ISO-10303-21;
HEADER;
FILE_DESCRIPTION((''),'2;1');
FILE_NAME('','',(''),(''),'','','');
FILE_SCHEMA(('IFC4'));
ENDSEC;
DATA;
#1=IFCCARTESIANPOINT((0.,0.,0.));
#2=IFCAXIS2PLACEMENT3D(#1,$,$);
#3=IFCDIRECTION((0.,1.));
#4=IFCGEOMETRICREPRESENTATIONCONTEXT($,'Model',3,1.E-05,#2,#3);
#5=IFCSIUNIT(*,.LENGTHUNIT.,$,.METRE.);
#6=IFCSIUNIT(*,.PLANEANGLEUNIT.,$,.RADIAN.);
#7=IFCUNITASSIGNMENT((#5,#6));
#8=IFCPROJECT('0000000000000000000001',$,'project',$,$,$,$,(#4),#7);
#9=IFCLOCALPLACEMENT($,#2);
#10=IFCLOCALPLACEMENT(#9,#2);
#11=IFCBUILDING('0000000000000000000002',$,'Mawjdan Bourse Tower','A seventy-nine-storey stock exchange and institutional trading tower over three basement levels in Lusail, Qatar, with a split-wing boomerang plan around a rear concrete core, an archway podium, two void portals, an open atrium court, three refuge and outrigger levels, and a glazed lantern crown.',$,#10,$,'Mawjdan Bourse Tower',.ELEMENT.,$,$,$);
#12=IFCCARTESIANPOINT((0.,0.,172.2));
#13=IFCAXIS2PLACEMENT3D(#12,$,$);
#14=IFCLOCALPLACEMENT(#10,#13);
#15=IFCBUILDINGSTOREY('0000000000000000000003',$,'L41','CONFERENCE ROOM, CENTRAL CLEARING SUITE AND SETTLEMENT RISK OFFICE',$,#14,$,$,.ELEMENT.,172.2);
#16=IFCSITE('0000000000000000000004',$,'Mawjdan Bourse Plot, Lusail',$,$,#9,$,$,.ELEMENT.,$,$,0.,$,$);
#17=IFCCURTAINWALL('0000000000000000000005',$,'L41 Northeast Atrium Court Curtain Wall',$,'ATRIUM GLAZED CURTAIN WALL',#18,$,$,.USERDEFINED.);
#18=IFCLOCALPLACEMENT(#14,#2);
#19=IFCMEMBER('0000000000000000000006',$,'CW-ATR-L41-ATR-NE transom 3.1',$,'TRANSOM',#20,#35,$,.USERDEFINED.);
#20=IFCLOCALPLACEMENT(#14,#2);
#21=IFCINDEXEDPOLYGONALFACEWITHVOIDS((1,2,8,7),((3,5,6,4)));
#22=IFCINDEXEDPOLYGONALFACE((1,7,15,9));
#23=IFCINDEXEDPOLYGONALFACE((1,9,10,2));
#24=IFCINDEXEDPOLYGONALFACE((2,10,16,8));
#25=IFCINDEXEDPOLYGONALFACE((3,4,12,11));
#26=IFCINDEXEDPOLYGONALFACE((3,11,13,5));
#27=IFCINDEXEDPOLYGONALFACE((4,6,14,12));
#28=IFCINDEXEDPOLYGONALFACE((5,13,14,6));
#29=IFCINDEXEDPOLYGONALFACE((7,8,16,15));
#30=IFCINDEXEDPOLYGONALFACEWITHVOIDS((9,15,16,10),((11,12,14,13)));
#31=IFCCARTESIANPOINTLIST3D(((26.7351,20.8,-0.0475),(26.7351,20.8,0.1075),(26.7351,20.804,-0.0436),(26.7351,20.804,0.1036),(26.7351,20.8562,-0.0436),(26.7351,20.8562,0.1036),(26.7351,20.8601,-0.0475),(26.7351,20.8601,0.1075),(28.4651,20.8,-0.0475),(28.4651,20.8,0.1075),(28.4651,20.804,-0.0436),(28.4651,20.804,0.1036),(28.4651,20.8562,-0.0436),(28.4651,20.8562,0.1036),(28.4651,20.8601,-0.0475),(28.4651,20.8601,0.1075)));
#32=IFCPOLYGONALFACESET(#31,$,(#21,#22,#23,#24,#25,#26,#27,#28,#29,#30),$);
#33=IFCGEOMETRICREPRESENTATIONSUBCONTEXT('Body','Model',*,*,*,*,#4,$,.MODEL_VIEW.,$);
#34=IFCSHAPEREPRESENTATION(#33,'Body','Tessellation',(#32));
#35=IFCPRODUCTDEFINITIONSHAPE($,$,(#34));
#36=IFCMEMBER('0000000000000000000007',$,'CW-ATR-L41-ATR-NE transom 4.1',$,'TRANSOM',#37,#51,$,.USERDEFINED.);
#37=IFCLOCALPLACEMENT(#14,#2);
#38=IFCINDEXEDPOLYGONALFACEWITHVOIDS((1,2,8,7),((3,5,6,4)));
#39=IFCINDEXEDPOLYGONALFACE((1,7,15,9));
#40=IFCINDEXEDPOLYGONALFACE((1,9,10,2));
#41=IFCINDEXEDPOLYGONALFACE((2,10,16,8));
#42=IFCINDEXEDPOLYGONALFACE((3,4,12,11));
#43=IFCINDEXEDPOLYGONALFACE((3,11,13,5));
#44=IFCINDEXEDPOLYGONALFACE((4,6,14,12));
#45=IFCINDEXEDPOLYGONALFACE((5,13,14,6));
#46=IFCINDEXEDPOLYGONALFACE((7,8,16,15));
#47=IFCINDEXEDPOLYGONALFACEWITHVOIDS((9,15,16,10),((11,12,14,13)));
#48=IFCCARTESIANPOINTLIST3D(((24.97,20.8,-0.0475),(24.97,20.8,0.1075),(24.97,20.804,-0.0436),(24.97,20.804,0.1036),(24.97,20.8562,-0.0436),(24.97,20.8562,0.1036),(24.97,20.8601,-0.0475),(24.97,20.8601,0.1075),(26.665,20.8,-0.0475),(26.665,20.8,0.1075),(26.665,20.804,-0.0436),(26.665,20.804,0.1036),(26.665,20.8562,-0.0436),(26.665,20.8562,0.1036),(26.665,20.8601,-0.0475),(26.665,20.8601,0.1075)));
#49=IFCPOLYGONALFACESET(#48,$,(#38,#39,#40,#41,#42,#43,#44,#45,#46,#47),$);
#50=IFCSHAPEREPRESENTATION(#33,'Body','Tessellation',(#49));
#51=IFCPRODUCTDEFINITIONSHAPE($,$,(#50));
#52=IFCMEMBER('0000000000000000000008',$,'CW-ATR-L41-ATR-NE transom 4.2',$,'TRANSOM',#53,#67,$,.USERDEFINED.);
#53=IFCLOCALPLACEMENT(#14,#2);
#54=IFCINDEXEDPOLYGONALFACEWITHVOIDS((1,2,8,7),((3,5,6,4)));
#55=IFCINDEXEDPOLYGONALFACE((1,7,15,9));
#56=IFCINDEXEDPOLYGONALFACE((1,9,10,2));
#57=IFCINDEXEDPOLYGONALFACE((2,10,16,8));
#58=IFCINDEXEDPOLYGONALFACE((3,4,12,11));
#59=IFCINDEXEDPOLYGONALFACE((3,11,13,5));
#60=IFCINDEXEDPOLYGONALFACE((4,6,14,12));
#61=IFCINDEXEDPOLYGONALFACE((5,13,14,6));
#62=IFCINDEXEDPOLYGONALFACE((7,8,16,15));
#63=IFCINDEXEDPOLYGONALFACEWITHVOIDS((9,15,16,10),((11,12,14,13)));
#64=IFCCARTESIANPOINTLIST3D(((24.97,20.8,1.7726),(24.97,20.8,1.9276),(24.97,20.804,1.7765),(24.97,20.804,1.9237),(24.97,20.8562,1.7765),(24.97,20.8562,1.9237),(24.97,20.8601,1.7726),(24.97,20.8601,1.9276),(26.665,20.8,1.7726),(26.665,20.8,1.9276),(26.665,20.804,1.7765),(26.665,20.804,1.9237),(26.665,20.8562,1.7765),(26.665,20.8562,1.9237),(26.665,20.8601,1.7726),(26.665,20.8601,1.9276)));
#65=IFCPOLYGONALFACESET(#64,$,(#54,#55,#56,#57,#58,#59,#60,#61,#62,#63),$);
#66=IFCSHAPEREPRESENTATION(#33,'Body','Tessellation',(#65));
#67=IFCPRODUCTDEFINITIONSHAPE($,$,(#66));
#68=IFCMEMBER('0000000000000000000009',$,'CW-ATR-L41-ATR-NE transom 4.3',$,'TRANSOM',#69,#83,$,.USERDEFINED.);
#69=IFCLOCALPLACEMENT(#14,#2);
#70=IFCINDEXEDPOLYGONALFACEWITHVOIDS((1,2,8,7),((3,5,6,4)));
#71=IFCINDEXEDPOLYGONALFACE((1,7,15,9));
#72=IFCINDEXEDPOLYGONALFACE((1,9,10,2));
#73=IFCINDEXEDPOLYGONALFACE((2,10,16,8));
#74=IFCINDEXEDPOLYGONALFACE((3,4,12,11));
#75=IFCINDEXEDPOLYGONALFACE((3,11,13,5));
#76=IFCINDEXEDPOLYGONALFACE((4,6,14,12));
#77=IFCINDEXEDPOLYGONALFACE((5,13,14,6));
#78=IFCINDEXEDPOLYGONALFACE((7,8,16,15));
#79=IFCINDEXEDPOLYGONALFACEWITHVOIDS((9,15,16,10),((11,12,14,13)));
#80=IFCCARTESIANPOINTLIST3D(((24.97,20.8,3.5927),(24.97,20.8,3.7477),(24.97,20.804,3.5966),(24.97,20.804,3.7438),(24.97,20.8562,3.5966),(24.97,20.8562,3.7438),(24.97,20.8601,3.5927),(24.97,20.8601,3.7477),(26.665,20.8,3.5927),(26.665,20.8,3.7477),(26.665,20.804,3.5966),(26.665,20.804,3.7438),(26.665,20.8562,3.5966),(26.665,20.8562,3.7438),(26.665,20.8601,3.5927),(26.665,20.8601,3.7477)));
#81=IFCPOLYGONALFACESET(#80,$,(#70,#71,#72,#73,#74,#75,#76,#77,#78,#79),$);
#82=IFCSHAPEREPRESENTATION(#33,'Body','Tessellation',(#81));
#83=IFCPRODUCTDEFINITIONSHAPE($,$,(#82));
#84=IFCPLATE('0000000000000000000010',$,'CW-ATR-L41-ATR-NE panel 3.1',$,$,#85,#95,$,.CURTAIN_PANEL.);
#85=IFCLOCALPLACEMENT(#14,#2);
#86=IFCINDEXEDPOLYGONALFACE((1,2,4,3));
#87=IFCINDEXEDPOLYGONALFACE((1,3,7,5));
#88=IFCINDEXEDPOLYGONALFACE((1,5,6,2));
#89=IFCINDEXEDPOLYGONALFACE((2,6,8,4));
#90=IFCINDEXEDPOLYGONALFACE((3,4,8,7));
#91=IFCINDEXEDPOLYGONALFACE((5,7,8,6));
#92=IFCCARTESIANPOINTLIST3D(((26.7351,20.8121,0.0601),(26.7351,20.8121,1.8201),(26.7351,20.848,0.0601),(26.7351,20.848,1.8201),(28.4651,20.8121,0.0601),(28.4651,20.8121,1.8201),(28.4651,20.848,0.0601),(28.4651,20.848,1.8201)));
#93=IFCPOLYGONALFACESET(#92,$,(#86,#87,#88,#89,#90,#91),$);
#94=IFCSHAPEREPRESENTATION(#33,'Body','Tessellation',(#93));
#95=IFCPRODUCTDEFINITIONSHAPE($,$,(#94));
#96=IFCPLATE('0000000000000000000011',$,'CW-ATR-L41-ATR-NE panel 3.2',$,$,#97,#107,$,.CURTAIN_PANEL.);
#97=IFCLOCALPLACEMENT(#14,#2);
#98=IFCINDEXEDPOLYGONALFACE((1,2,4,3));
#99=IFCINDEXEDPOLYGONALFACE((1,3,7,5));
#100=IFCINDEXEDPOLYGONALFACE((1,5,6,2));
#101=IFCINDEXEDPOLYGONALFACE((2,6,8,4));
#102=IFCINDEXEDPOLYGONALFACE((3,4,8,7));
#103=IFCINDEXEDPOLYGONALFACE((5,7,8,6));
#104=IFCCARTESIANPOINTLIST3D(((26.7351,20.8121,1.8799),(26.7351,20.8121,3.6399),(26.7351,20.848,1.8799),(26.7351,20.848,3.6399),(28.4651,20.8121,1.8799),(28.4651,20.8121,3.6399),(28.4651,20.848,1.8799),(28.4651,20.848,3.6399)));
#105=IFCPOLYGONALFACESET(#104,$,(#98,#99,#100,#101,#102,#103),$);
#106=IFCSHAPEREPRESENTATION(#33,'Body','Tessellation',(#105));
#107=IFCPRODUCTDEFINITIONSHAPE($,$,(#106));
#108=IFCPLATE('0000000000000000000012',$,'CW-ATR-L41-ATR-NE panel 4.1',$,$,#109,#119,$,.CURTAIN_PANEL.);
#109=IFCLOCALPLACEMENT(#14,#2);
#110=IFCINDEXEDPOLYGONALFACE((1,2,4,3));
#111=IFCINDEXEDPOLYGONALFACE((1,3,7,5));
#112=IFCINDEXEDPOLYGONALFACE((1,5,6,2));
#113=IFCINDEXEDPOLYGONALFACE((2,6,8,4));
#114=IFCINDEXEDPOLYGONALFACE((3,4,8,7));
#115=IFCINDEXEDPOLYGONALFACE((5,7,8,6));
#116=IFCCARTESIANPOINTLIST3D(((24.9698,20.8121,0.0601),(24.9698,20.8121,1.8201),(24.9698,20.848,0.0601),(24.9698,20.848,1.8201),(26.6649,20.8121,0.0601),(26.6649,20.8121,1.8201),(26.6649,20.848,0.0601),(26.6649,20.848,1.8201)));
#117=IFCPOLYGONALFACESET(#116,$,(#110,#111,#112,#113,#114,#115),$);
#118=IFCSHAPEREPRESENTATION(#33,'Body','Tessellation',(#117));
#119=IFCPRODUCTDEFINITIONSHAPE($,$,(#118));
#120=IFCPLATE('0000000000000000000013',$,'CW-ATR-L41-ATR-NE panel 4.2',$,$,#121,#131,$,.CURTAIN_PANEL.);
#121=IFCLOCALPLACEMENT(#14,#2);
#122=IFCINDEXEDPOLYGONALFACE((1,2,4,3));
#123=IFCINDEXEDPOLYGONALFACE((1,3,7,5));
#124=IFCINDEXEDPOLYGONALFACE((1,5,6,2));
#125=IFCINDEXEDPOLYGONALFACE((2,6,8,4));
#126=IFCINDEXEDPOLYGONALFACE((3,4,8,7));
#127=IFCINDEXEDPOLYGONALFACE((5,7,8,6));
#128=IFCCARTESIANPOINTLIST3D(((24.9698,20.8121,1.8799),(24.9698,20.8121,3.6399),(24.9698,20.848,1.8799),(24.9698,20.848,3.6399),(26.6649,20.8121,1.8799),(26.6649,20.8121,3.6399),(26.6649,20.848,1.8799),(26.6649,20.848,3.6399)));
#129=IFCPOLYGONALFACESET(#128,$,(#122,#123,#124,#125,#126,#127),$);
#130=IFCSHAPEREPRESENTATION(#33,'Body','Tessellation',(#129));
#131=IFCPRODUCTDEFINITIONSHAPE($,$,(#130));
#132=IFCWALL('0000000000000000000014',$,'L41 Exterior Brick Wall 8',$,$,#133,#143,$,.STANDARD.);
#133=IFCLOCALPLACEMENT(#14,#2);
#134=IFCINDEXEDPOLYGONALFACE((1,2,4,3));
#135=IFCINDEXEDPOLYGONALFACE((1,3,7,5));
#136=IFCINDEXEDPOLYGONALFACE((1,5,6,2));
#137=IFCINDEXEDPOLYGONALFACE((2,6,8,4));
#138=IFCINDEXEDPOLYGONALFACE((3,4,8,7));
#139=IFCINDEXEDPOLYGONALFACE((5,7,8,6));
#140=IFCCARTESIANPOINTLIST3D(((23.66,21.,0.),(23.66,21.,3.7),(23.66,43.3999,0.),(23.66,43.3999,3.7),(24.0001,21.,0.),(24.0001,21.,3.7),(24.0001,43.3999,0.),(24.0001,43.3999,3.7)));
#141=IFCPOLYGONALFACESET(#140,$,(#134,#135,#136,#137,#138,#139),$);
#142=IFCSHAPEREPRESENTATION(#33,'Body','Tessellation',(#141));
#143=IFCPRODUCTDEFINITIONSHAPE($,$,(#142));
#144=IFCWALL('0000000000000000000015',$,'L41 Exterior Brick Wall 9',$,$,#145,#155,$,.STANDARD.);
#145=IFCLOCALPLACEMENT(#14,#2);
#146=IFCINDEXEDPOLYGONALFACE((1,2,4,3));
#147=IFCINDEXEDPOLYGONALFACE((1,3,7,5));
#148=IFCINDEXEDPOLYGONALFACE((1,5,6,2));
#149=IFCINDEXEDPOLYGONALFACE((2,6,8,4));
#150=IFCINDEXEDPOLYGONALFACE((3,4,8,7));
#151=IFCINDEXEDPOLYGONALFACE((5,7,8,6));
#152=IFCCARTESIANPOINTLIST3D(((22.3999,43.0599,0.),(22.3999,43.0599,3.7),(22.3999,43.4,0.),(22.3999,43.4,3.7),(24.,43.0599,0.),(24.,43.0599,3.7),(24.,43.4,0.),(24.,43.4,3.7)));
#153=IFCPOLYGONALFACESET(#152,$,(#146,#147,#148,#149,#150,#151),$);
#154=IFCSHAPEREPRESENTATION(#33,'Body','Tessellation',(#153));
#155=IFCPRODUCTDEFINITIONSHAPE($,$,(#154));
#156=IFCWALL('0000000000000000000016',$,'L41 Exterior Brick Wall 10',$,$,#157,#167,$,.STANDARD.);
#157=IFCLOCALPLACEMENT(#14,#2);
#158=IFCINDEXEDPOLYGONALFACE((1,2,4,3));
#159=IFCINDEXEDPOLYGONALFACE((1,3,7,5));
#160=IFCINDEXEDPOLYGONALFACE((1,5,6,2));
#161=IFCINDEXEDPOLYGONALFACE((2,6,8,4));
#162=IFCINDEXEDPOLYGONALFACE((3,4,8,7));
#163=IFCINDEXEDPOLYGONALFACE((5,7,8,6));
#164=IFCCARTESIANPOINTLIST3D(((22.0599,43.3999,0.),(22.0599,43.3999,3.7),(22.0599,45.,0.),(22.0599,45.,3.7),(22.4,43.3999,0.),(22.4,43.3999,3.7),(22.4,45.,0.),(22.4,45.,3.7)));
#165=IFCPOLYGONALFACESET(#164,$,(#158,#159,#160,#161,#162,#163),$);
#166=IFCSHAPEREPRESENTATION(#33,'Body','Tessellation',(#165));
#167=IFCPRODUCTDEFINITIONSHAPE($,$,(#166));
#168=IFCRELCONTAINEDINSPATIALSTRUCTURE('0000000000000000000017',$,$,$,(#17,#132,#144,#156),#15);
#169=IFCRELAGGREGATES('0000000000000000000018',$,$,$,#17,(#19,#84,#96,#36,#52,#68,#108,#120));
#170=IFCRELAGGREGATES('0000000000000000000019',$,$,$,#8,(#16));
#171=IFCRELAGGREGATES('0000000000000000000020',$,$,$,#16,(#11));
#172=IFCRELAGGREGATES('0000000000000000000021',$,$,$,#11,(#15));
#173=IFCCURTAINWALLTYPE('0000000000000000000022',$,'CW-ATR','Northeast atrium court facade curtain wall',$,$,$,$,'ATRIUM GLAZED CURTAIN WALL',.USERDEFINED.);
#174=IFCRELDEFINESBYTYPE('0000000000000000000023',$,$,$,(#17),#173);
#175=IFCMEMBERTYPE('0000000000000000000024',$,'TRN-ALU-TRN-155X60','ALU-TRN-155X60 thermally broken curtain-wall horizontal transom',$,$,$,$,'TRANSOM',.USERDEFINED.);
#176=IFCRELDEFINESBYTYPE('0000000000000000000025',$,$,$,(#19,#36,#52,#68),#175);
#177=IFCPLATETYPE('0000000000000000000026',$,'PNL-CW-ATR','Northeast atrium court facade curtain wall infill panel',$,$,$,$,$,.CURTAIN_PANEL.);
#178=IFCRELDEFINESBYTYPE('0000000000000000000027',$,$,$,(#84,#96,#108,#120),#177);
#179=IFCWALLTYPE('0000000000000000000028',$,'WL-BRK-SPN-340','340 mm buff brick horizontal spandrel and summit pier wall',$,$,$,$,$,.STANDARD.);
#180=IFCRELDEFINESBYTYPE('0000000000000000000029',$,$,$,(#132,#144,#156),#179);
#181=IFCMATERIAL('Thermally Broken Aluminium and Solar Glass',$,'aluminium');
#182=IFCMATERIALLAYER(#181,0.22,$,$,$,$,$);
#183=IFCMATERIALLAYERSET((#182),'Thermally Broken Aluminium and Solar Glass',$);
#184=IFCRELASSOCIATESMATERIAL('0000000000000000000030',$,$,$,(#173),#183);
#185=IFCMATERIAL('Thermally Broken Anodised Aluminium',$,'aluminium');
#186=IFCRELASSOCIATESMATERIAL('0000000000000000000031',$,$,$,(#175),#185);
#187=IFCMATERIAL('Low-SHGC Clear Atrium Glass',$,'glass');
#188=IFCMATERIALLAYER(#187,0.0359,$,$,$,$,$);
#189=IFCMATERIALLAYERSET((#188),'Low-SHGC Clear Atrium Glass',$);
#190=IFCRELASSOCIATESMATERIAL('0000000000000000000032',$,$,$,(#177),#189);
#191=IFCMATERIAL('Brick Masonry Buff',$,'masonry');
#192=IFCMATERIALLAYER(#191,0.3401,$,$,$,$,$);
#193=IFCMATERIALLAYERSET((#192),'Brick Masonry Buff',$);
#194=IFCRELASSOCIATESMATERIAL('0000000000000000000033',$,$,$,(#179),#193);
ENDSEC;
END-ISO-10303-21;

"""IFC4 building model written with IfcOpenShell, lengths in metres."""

from ifc_helpers import new_model, si_unit, direction, frame, frame_2d, origin, origin_2d, place, context, subcontext, project, spatial, rectangle, hollow_rectangle, extrude, material, layer, layer_set, material_profile, profile_set, type_object, element, aggregate, save


model = new_model("IFC4")

# Units and contexts
model_context = context("Model", 3, precision=1e-05, world=origin(), true_north=direction((0.0, 1.0)))
body_context = subcontext(model_context, "Body", "Model", "MODEL_VIEW")
ifc_project = project(units=[si_unit("LENGTHUNIT", "METRE"), si_unit("PLANEANGLEUNIT", "RADIAN")], contexts=[model_context])

# Site, building, storey
site_placement = place(None, origin())
site = spatial("IfcSite", under=ifc_project, at=site_placement, Name="Mawjdan Bourse Plot, Lusail", CompositionType="ELEMENT", RefElevation=0.0)
building_placement = place(site_placement, origin())
building = spatial("IfcBuilding", under=site, at=building_placement, Name="Mawjdan Bourse Tower", Description="A seventy-nine-storey stock exchange and institutional trading tower over three basement levels in Lusail, Qatar, with a split-wing boomerang plan around a rear concrete core, an archway podium, two void portals, an open atrium court, three refuge and outrigger levels, and a glazed lantern crown.", LongName="Mawjdan Bourse Tower", CompositionType="ELEMENT")
storey_placement = place(building_placement, frame((0.0, 0.0, 172.2)))
storey = spatial("IfcBuildingStorey", under=building, at=storey_placement, Name="L41", Description="CONFERENCE ROOM, CENTRAL CLEARING SUITE AND SETTLEMENT RISK OFFICE", CompositionType="ELEMENT", Elevation=172.2)

# Curtain wall
ifc_material_1 = material(Name="Thermally Broken Aluminium and Solar Glass", Category="aluminium")
ifc_layer_1 = layer(ifc_material_1, 0.22)
ifc_layer_set_1 = layer_set([ifc_layer_1], Name="Thermally Broken Aluminium and Solar Glass")
curtain_wall_type = type_object("IfcCurtainWallType", Name="CW-ATR", Description="Northeast atrium court facade curtain wall", ElementType="ATRIUM GLAZED CURTAIN WALL", PredefinedType="USERDEFINED", material=ifc_layer_set_1)
curtain_wall_placement = place(storey_placement, origin())
curtain_wall = element("IfcCurtainWall", 1, at=curtain_wall_placement, inside=storey, type_object=curtain_wall_type, Name="L41 Northeast Atrium Court Curtain Wall", ObjectType="ATRIUM GLAZED CURTAIN WALL", PredefinedType="USERDEFINED")
ifc_material_2 = material(Name="Thermally Broken Anodised Aluminium", Category="aluminium")

# Members
ifc_material_profile_1 = material_profile(ifc_material_2, hollow_rectangle(XDim=0.0601, YDim=0.155, WallThickness=0.0039, at=origin_2d()), Name="ALU-TRN-155X60")
ifc_profile_set_1 = profile_set([ifc_material_profile_1], Name="Thermally Broken Anodised Aluminium")
member_type_1 = type_object("IfcMemberType", Name="TRN-ALU-TRN-155X60", Description="ALU-TRN-155X60 thermally broken curtain-wall horizontal transom", ElementType="TRANSOM", PredefinedType="USERDEFINED", material=ifc_profile_set_1)
member_1_placement = place(storey_placement, frame((28.4651, 20.8301, 0.03), z_axis=(-1.0, 0.0, 0.0), x_axis=(0.0, -1.0, 0.0)))
member_1 = element("IfcMember", 2, at=member_1_placement, type_object=member_type_1, Name="CW-ATR-L41-ATR-NE transom 3.1", ObjectType="TRANSOM", PredefinedType="USERDEFINED", context=body_context, shape_type="SweptSolid", body=[
    extrude(hollow_rectangle(XDim=0.0601, YDim=0.155, WallThickness=0.0039, at=origin_2d()), origin(), (0.0, 0.0, 1.0), 1.73),
])
member_2_placement = place(storey_placement, frame((26.665, 20.8301, 0.03), z_axis=(-1.0, 0.0, 0.0), x_axis=(0.0, -1.0, 0.0)))
member_2 = element("IfcMember", 3, at=member_2_placement, type_object=member_type_1, Name="CW-ATR-L41-ATR-NE transom 4.1", ObjectType="TRANSOM", PredefinedType="USERDEFINED", context=body_context, shape_type="SweptSolid", body=[
    extrude(hollow_rectangle(XDim=0.0601, YDim=0.155, WallThickness=0.0039, at=origin_2d()), origin(), (0.0, 0.0, 1.0), 1.6951),
])
member_3_placement = place(storey_placement, frame((26.665, 20.8301, 1.8501), z_axis=(-1.0, 0.0, 0.0), x_axis=(0.0, -1.0, 0.0)))
member_3 = element("IfcMember", 4, at=member_3_placement, type_object=member_type_1, Name="CW-ATR-L41-ATR-NE transom 4.2", ObjectType="TRANSOM", PredefinedType="USERDEFINED", context=body_context, shape_type="SweptSolid", body=[
    extrude(hollow_rectangle(XDim=0.0601, YDim=0.155, WallThickness=0.0039, at=origin_2d()), origin(), (0.0, 0.0, 1.0), 1.6951),
])
member_4_placement = place(storey_placement, frame((26.665, 20.8301, 3.6702), z_axis=(-1.0, 0.0, 0.0), x_axis=(0.0, -1.0, 0.0)))
member_4 = element("IfcMember", 5, at=member_4_placement, type_object=member_type_1, Name="CW-ATR-L41-ATR-NE transom 4.3", ObjectType="TRANSOM", PredefinedType="USERDEFINED", context=body_context, shape_type="SweptSolid", body=[
    extrude(hollow_rectangle(XDim=0.0601, YDim=0.155, WallThickness=0.0039, at=origin_2d()), origin(), (0.0, 0.0, 1.0), 1.6951),
])

# Plates
ifc_material_3 = material(Name="Low-SHGC Clear Atrium Glass", Category="glass")
ifc_layer_2 = layer(ifc_material_3, 0.0359)
ifc_layer_set_2 = layer_set([ifc_layer_2], Name="Low-SHGC Clear Atrium Glass")
plate_type = type_object("IfcPlateType", Name="PNL-CW-ATR", Description="Northeast atrium court facade curtain wall infill panel", PredefinedType="CURTAIN_PANEL", material=ifc_layer_set_2)
plate_1_placement = place(storey_placement, frame((27.6001, 20.8301, 0.0601), z_axis=(0.0, 0.0, 1.0), x_axis=(-1.0, 0.0, 0.0)))
plate_1 = element("IfcPlate", 6, at=plate_1_placement, type_object=plate_type, Name="CW-ATR-L41-ATR-NE panel 3.1", PredefinedType="CURTAIN_PANEL", context=body_context, shape_type="SweptSolid", body=[
    extrude(rectangle(XDim=1.73, YDim=0.0359, at=origin_2d()), origin(), (0.0, 0.0, 1.0), 1.76),
])
plate_2_placement = place(storey_placement, frame((27.6001, 20.8301, 1.8799), z_axis=(0.0, 0.0, 1.0), x_axis=(-1.0, 0.0, 0.0)))
plate_2 = element("IfcPlate", 7, at=plate_2_placement, type_object=plate_type, Name="CW-ATR-L41-ATR-NE panel 3.2", PredefinedType="CURTAIN_PANEL", context=body_context, shape_type="SweptSolid", body=[
    extrude(rectangle(XDim=1.73, YDim=0.0359, at=origin_2d()), origin(), (0.0, 0.0, 1.0), 1.76),
])
plate_3_placement = place(storey_placement, frame((25.8174, 20.8301, 0.0601), z_axis=(0.0, 0.0, 1.0), x_axis=(-1.0, 0.0, 0.0)))
plate_3 = element("IfcPlate", 8, at=plate_3_placement, type_object=plate_type, Name="CW-ATR-L41-ATR-NE panel 4.1", PredefinedType="CURTAIN_PANEL", context=body_context, shape_type="SweptSolid", body=[
    extrude(rectangle(XDim=1.6951, YDim=0.0359, at=origin_2d()), origin(), (0.0, 0.0, 1.0), 1.76),
])
plate_4_placement = place(storey_placement, frame((25.8174, 20.8301, 1.8799), z_axis=(0.0, 0.0, 1.0), x_axis=(-1.0, 0.0, 0.0)))
plate_4 = element("IfcPlate", 9, at=plate_4_placement, type_object=plate_type, Name="CW-ATR-L41-ATR-NE panel 4.2", PredefinedType="CURTAIN_PANEL", context=body_context, shape_type="SweptSolid", body=[
    extrude(rectangle(XDim=1.6951, YDim=0.0359, at=origin_2d()), origin(), (0.0, 0.0, 1.0), 1.76),
])
aggregate(curtain_wall, [member_1, plate_1, plate_2, member_2, member_3, member_4, plate_3, plate_4])

# Walls
ifc_material_4 = material(Name="Brick Masonry Buff", Category="masonry")
ifc_layer_3 = layer(ifc_material_4, 0.3401)
ifc_layer_set_3 = layer_set([ifc_layer_3], Name="Brick Masonry Buff")
wall_type_1 = type_object("IfcWallType", Name="WL-BRK-SPN-340", Description="340 mm buff brick horizontal spandrel and summit pier wall", PredefinedType="STANDARD", material=ifc_layer_set_3)
wall_1_placement = place(storey_placement, frame((23.8301, 21.0, 0.0), z_axis=(0.0, 0.0, 1.0), x_axis=(0.0, 1.0, 0.0)))
element("IfcWall", 10, at=wall_1_placement, inside=storey, type_object=wall_type_1, Name="L41 Exterior Brick Wall 8", PredefinedType="STANDARD", context=body_context, shape_type="SweptSolid", body=[
    extrude(rectangle(XDim=22.3999, YDim=0.3401, at=frame_2d((11.2, 0.0))), origin(), (0.0, 0.0, 1.0), 3.7),
])
for number, where, z_axis, x_axis, name in (
    (11, (24.0, 43.23, 0.0), (0.0, 0.0, 1.0), (-1.0, 0.0, 0.0), "L41 Exterior Brick Wall 9"),
    (12, (22.23, 43.3999, 0.0), (0.0, 0.0, 1.0), (0.0, 1.0, 0.0), "L41 Exterior Brick Wall 10"),
):
    element("IfcWall", number, at=place(storey_placement, frame(where, z_axis=z_axis, x_axis=x_axis)), inside=storey, type_object=wall_type_1, Name=name, PredefinedType="STANDARD", context=body_context, shape_type="SweptSolid", body=[
        extrude(rectangle(XDim=1.6001, YDim=0.3401, at=frame_2d((0.8, 0.0))), origin(), (0.0, 0.0, 1.0), 3.7),
    ])

save(model, "model.ifc")
